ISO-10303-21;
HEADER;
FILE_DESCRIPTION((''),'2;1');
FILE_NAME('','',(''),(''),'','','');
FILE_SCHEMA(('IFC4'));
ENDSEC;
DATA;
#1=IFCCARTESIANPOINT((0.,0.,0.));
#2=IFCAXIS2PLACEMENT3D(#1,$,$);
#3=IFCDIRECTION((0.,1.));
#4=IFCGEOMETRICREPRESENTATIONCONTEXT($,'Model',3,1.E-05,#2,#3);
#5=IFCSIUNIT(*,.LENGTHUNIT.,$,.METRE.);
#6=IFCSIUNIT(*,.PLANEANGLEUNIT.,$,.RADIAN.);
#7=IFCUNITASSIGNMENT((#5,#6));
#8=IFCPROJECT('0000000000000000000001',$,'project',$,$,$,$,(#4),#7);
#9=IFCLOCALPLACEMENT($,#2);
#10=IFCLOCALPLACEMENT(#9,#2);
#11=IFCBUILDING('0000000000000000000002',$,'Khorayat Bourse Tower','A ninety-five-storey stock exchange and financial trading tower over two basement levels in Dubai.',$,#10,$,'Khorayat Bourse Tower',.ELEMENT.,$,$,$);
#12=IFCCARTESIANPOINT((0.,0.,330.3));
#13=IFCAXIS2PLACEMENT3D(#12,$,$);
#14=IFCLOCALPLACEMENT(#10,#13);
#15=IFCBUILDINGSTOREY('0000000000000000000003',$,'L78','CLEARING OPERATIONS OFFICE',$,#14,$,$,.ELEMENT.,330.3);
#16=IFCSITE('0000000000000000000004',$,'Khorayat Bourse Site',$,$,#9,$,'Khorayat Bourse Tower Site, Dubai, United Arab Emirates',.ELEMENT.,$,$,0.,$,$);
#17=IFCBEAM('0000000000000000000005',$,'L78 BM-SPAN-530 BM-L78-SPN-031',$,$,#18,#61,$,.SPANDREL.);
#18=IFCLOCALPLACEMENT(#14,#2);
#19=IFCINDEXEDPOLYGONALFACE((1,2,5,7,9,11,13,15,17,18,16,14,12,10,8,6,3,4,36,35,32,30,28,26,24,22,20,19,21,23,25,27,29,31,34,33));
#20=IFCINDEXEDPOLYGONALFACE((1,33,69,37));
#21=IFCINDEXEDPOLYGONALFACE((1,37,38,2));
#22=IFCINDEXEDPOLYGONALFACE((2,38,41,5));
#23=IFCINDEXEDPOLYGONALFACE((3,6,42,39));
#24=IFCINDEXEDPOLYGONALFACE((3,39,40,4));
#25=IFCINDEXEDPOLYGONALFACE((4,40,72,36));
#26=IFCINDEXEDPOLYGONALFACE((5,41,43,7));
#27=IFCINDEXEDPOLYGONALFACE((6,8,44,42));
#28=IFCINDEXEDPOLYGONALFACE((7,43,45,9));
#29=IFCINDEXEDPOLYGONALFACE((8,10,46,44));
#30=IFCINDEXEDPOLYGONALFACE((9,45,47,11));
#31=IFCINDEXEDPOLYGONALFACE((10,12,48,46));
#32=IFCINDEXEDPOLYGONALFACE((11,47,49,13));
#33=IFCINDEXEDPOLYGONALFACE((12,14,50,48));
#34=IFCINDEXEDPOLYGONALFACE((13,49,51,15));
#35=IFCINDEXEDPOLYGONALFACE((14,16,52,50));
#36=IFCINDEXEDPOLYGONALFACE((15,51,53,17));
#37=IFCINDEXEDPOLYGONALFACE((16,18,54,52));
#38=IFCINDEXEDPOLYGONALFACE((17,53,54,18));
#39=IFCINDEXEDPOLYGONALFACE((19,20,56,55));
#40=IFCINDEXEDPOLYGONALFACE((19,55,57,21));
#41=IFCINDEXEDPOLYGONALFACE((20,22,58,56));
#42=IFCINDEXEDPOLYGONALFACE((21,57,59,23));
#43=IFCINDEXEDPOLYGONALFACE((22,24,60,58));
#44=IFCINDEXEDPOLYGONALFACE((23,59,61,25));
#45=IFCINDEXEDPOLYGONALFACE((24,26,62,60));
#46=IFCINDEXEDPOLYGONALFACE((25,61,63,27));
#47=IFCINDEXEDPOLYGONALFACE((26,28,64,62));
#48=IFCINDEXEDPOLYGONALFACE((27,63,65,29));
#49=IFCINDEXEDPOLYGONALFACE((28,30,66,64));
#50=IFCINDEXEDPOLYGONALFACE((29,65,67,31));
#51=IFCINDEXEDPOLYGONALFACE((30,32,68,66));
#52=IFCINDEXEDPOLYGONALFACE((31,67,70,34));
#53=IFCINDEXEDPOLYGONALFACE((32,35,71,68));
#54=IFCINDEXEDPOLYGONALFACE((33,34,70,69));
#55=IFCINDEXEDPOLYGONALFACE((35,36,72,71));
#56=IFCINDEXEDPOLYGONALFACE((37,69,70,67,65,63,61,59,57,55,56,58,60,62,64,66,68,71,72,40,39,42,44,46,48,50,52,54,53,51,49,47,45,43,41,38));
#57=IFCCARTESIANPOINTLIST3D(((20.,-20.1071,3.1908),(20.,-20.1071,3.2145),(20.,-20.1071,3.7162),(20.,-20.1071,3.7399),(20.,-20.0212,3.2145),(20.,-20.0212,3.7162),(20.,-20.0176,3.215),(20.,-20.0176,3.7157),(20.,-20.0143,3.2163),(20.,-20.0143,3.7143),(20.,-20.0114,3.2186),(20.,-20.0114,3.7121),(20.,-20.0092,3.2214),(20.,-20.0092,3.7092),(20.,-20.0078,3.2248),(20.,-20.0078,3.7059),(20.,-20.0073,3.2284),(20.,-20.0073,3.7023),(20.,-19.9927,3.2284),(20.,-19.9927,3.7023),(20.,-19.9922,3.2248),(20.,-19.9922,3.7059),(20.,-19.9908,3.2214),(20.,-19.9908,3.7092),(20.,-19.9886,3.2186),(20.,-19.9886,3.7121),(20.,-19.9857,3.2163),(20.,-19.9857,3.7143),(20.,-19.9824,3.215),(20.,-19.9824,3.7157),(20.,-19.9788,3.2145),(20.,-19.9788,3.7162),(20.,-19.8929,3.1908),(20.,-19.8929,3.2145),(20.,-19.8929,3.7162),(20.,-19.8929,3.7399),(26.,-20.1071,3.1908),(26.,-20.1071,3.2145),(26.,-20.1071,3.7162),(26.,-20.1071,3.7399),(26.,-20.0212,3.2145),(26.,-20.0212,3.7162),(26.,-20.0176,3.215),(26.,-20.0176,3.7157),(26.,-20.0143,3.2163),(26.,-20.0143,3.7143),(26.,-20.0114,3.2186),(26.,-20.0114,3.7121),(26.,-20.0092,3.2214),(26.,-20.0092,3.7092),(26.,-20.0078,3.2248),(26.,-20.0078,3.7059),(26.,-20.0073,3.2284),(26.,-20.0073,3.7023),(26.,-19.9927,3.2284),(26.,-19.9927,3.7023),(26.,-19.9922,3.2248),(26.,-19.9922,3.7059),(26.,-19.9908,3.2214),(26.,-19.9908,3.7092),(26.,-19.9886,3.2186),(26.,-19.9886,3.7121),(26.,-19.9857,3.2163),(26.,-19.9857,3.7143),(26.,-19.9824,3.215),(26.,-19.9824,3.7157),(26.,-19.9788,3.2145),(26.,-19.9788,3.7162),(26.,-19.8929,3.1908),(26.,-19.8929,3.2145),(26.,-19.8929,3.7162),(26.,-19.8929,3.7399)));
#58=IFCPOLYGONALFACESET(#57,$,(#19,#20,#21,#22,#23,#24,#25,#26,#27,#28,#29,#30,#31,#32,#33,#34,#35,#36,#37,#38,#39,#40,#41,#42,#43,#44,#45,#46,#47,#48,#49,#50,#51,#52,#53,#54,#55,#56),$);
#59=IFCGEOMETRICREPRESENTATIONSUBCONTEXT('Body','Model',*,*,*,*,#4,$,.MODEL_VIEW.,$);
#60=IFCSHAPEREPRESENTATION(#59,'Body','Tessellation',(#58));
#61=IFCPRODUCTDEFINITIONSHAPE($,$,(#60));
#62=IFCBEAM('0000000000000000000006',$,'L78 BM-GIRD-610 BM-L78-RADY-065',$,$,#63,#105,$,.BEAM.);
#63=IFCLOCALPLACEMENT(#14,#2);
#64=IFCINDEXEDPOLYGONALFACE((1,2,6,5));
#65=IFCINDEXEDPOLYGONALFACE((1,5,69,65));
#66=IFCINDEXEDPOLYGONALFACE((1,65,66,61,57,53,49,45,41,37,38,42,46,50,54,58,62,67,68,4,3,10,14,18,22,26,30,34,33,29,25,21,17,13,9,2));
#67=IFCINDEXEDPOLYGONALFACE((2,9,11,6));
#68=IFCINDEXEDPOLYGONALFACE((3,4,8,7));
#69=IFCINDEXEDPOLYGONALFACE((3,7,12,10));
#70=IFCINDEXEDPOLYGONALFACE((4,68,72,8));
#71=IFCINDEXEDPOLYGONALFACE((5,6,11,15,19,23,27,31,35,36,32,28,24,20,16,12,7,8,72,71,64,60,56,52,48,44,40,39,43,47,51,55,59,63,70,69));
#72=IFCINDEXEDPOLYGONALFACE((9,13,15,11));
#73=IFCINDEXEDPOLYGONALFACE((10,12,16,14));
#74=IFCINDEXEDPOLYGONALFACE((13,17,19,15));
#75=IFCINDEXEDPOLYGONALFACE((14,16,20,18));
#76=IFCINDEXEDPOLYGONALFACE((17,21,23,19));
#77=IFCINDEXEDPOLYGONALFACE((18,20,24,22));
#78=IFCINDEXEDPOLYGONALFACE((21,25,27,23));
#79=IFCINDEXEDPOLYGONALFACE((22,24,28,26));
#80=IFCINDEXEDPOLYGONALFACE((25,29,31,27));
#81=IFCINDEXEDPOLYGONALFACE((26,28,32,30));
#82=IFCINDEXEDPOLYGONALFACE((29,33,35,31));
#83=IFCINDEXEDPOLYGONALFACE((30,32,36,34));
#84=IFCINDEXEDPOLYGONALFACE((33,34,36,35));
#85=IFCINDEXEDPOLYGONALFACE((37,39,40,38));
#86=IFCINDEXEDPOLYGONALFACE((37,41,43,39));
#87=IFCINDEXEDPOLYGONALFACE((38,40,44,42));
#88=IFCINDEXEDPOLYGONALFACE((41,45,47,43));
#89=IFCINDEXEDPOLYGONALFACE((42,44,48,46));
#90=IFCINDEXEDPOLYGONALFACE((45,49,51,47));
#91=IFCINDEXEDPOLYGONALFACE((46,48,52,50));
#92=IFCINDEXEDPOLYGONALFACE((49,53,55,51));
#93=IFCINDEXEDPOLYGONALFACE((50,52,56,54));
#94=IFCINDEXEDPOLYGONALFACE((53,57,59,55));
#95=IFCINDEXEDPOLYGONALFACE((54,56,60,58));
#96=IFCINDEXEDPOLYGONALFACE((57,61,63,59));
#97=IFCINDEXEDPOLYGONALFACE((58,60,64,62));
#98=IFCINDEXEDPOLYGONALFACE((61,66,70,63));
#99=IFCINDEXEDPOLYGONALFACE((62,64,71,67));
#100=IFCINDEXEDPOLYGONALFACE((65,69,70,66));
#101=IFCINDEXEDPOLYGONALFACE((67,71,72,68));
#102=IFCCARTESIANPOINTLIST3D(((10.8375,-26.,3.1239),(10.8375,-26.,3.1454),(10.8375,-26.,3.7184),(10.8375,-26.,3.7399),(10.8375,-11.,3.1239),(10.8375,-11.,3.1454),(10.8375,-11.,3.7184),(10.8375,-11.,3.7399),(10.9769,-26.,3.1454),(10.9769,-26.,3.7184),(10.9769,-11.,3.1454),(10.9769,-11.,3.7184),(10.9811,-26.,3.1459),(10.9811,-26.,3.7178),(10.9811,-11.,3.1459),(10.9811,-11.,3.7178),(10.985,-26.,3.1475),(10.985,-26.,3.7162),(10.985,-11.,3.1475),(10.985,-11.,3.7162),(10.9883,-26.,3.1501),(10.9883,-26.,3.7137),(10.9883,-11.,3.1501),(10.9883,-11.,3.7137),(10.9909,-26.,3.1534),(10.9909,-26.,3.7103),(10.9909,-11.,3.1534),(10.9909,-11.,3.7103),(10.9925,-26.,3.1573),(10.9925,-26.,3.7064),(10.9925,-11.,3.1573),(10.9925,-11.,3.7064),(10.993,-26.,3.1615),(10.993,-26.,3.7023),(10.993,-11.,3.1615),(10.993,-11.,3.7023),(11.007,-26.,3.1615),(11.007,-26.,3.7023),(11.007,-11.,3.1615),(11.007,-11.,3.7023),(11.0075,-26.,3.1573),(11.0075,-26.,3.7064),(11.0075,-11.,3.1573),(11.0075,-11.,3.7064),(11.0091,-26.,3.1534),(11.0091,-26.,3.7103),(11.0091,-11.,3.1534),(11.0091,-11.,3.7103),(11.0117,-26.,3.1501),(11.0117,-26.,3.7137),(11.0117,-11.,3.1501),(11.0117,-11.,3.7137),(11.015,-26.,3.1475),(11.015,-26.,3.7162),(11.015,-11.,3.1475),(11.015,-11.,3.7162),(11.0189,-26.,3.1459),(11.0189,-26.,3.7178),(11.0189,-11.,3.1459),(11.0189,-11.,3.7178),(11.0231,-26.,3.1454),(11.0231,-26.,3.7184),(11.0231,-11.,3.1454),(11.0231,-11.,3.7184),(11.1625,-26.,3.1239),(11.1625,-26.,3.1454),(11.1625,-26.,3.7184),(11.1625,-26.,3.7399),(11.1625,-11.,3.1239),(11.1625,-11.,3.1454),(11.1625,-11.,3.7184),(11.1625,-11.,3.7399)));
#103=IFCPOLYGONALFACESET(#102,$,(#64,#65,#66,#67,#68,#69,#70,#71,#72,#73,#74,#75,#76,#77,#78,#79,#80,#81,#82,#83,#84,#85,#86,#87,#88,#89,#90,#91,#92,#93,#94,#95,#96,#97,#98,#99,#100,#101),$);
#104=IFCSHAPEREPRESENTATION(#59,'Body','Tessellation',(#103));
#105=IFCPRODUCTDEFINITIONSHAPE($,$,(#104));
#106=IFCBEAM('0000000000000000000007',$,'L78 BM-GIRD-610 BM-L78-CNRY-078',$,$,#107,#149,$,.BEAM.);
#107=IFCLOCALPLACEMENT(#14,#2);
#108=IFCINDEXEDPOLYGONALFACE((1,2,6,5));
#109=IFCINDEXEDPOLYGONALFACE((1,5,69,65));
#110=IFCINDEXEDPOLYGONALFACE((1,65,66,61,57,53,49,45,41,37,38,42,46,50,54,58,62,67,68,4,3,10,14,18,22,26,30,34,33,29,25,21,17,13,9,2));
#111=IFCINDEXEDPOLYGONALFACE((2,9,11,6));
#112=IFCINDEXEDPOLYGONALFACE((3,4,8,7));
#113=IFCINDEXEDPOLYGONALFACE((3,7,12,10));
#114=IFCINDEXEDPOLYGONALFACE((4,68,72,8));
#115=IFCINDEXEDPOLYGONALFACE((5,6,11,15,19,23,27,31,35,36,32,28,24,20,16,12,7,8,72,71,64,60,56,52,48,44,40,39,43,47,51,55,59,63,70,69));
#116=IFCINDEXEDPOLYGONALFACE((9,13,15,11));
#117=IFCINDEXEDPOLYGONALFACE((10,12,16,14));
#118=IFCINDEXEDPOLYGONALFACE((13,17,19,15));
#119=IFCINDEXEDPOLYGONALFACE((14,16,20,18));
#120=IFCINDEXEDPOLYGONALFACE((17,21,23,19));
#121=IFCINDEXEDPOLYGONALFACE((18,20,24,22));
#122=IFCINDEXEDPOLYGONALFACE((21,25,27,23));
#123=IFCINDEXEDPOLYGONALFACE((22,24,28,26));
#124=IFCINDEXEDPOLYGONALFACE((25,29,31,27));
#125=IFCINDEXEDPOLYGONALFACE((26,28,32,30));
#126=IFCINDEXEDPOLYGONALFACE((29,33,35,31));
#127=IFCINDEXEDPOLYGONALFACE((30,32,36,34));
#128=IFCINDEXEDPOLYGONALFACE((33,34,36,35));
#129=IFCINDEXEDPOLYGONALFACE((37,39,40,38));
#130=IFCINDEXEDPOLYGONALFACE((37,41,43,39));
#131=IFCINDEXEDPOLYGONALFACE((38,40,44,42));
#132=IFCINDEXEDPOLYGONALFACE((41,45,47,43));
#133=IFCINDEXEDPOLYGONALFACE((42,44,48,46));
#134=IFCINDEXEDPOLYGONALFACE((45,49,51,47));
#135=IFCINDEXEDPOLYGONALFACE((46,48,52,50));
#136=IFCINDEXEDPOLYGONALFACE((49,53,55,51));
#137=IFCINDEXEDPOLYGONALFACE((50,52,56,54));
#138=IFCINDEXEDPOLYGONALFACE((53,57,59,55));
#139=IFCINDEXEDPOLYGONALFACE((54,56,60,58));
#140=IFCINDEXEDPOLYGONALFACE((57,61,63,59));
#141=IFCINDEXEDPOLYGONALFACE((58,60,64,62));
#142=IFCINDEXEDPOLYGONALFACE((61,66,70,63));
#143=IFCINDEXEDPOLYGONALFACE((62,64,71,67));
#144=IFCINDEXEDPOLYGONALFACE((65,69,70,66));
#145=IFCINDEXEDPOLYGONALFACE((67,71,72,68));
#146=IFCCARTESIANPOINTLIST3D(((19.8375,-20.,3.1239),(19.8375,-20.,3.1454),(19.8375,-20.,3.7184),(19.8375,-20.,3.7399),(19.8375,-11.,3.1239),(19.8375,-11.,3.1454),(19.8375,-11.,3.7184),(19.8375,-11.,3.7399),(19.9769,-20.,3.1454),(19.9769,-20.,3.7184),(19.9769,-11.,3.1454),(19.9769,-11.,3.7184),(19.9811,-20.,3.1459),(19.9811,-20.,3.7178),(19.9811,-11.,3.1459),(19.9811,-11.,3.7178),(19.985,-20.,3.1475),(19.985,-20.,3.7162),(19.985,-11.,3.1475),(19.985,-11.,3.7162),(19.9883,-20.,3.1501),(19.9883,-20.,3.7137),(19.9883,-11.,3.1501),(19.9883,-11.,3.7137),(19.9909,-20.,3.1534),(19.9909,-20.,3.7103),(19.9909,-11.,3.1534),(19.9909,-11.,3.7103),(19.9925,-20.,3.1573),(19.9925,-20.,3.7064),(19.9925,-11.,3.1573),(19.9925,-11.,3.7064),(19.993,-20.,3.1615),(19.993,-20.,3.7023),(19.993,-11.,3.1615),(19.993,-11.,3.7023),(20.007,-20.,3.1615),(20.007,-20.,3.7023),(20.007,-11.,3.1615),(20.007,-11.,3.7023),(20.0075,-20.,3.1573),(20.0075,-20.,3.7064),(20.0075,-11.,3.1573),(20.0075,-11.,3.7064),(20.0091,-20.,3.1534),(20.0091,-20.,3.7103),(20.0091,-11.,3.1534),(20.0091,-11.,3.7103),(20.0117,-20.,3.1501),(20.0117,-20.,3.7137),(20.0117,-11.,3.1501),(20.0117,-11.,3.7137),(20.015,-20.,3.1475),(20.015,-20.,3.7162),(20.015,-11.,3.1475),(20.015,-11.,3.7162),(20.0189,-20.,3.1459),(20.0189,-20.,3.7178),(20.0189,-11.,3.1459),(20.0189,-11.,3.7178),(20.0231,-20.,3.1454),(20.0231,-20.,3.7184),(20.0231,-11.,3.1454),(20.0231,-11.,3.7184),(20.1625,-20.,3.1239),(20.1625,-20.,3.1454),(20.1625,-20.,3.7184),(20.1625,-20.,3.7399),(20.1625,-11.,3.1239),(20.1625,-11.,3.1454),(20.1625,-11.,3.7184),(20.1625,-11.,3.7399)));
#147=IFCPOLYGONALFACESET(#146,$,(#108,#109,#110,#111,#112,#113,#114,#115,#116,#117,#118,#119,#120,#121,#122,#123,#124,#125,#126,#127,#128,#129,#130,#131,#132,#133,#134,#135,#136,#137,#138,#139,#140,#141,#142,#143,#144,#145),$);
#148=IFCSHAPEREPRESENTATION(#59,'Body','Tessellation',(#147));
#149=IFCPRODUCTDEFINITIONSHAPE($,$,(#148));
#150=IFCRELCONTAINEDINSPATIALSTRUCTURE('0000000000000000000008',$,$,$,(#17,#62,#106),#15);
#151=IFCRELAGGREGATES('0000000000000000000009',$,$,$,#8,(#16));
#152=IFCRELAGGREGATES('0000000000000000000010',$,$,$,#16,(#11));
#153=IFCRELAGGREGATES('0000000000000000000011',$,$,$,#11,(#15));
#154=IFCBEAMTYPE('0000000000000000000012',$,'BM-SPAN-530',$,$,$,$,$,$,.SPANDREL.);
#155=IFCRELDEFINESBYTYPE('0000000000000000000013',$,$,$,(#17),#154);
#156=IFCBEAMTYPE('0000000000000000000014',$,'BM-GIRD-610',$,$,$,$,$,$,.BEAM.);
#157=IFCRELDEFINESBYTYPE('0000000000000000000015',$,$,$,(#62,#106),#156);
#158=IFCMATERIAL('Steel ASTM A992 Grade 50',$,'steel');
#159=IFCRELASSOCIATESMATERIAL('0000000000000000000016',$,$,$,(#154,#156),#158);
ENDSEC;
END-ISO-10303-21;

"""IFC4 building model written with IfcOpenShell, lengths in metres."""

from ifc_helpers import new_model, si_unit, direction, frame, origin, origin_2d, place, context, subcontext, project, spatial, i_section, extrude, source, transform, mapped, material, material_profile, profile_set, type_object, element, save


model = new_model("IFC4")

# Units and contexts
model_context = context("Model", 3, precision=1e-05, world=origin(), true_north=direction((0.0, 1.0)))
body_context = subcontext(model_context, "Body", "Model", "MODEL_VIEW")
ifc_project = project(units=[si_unit("LENGTHUNIT", "METRE"), si_unit("PLANEANGLEUNIT", "RADIAN")], contexts=[model_context])

# Site, building, storey
site_placement = place(None, origin())
site = spatial("IfcSite", under=ifc_project, at=site_placement, Name="Khorayat Bourse Site", LongName="Khorayat Bourse Tower Site, Dubai, United Arab Emirates", CompositionType="ELEMENT", RefElevation=0.0)
building_placement = place(site_placement, origin())
building = spatial("IfcBuilding", under=site, at=building_placement, Name="Khorayat Bourse Tower", Description="A ninety-five-storey stock exchange and financial trading tower over two basement levels in Dubai.", LongName="Khorayat Bourse Tower", CompositionType="ELEMENT")
storey_placement = place(building_placement, frame((0.0, 0.0, 330.3)))
storey = spatial("IfcBuildingStorey", under=building, at=storey_placement, Name="L78", Description="CLEARING OPERATIONS OFFICE", CompositionType="ELEMENT", Elevation=330.3)

# Beams
ifc_material_1 = material(Name="Steel ASTM A992 Grade 50", Category="steel")
ifc_material_profile_1 = material_profile(ifc_material_1, i_section(OverallWidth=0.2141, OverallDepth=0.5491, WebThickness=0.0146, FlangeThickness=0.0237, FilletRadius=0.0139, at=origin_2d()), Name="W530X138")
ifc_profile_set_1 = profile_set([ifc_material_profile_1], Name="Steel ASTM A992 Grade 50")
beam_type_1 = type_object("IfcBeamType", Name="BM-SPAN-530", PredefinedType="SPANDREL", material=ifc_profile_set_1)
shared_shape_1 = source(origin(), body_context, "Body", "SweptSolid", [
    extrude(i_section(OverallWidth=0.2141, OverallDepth=0.5491, WebThickness=0.0146, FlangeThickness=0.0237, FilletRadius=0.0139, at=origin_2d()), origin(), (0.0, 0.0, 1.0), 6.0),
])
for number, where, z_axis, x_axis, name in (
    (1, (20.0, -20.0, 3.4653), (1.0, 0.0, 0.0), (0.0, 1.0, 0.0), "L78 BM-SPAN-530 BM-L78-SPN-031"),
):
    element("IfcBeam", number, at=place(storey_placement, frame(where, z_axis=z_axis, x_axis=x_axis)), inside=storey, type_object=beam_type_1, Name=name, PredefinedType="SPANDREL", context=body_context, shape_type="MappedRepresentation", body=[
        mapped(shared_shape_1, transform((0.0, 0.0, 0.0), scale=1.0)),
    ])
ifc_material_profile_2 = material_profile(ifc_material_1, i_section(OverallWidth=0.325, OverallDepth=0.616, WebThickness=0.0139, FlangeThickness=0.0215, FilletRadius=0.0161, at=origin_2d()), Name="W610X174")
ifc_profile_set_2 = profile_set([ifc_material_profile_2], Name="Steel ASTM A992 Grade 50")
beam_type_2 = type_object("IfcBeamType", Name="BM-GIRD-610", PredefinedType="BEAM", material=ifc_profile_set_2)
shared_shape_2 = source(origin(), body_context, "Body", "SweptSolid", [
    extrude(i_section(OverallWidth=0.325, OverallDepth=0.616, WebThickness=0.0139, FlangeThickness=0.0215, FilletRadius=0.0161, at=origin_2d()), origin(), (0.0, 0.0, 1.0), 15.0),
])
beam_1_placement = place(storey_placement, frame((11.0, -26.0, 3.4319), z_axis=(0.0, 1.0, 0.0), x_axis=(-1.0, 0.0, 0.0)))
element("IfcBeam", 2, at=beam_1_placement, inside=storey, type_object=beam_type_2, Name="L78 BM-GIRD-610 BM-L78-RADY-065", PredefinedType="BEAM", context=body_context, shape_type="MappedRepresentation", body=[
    mapped(shared_shape_2, transform((0.0, 0.0, 0.0), scale=1.0)),
])
shared_shape_3 = source(origin(), body_context, "Body", "SweptSolid", [
    extrude(i_section(OverallWidth=0.325, OverallDepth=0.616, WebThickness=0.0139, FlangeThickness=0.0215, FilletRadius=0.0161, at=origin_2d()), origin(), (0.0, 0.0, 1.0), 9.0),
])
beam_2_placement = place(storey_placement, frame((20.0, -20.0, 3.4319), z_axis=(0.0, 1.0, 0.0), x_axis=(-1.0, 0.0, 0.0)))
element("IfcBeam", 3, at=beam_2_placement, inside=storey, type_object=beam_type_2, Name="L78 BM-GIRD-610 BM-L78-CNRY-078", PredefinedType="BEAM", context=body_context, shape_type="MappedRepresentation", body=[
    mapped(shared_shape_3, transform((0.0, 0.0, 0.0), scale=1.0)),
])

save(model, "model.ifc")
